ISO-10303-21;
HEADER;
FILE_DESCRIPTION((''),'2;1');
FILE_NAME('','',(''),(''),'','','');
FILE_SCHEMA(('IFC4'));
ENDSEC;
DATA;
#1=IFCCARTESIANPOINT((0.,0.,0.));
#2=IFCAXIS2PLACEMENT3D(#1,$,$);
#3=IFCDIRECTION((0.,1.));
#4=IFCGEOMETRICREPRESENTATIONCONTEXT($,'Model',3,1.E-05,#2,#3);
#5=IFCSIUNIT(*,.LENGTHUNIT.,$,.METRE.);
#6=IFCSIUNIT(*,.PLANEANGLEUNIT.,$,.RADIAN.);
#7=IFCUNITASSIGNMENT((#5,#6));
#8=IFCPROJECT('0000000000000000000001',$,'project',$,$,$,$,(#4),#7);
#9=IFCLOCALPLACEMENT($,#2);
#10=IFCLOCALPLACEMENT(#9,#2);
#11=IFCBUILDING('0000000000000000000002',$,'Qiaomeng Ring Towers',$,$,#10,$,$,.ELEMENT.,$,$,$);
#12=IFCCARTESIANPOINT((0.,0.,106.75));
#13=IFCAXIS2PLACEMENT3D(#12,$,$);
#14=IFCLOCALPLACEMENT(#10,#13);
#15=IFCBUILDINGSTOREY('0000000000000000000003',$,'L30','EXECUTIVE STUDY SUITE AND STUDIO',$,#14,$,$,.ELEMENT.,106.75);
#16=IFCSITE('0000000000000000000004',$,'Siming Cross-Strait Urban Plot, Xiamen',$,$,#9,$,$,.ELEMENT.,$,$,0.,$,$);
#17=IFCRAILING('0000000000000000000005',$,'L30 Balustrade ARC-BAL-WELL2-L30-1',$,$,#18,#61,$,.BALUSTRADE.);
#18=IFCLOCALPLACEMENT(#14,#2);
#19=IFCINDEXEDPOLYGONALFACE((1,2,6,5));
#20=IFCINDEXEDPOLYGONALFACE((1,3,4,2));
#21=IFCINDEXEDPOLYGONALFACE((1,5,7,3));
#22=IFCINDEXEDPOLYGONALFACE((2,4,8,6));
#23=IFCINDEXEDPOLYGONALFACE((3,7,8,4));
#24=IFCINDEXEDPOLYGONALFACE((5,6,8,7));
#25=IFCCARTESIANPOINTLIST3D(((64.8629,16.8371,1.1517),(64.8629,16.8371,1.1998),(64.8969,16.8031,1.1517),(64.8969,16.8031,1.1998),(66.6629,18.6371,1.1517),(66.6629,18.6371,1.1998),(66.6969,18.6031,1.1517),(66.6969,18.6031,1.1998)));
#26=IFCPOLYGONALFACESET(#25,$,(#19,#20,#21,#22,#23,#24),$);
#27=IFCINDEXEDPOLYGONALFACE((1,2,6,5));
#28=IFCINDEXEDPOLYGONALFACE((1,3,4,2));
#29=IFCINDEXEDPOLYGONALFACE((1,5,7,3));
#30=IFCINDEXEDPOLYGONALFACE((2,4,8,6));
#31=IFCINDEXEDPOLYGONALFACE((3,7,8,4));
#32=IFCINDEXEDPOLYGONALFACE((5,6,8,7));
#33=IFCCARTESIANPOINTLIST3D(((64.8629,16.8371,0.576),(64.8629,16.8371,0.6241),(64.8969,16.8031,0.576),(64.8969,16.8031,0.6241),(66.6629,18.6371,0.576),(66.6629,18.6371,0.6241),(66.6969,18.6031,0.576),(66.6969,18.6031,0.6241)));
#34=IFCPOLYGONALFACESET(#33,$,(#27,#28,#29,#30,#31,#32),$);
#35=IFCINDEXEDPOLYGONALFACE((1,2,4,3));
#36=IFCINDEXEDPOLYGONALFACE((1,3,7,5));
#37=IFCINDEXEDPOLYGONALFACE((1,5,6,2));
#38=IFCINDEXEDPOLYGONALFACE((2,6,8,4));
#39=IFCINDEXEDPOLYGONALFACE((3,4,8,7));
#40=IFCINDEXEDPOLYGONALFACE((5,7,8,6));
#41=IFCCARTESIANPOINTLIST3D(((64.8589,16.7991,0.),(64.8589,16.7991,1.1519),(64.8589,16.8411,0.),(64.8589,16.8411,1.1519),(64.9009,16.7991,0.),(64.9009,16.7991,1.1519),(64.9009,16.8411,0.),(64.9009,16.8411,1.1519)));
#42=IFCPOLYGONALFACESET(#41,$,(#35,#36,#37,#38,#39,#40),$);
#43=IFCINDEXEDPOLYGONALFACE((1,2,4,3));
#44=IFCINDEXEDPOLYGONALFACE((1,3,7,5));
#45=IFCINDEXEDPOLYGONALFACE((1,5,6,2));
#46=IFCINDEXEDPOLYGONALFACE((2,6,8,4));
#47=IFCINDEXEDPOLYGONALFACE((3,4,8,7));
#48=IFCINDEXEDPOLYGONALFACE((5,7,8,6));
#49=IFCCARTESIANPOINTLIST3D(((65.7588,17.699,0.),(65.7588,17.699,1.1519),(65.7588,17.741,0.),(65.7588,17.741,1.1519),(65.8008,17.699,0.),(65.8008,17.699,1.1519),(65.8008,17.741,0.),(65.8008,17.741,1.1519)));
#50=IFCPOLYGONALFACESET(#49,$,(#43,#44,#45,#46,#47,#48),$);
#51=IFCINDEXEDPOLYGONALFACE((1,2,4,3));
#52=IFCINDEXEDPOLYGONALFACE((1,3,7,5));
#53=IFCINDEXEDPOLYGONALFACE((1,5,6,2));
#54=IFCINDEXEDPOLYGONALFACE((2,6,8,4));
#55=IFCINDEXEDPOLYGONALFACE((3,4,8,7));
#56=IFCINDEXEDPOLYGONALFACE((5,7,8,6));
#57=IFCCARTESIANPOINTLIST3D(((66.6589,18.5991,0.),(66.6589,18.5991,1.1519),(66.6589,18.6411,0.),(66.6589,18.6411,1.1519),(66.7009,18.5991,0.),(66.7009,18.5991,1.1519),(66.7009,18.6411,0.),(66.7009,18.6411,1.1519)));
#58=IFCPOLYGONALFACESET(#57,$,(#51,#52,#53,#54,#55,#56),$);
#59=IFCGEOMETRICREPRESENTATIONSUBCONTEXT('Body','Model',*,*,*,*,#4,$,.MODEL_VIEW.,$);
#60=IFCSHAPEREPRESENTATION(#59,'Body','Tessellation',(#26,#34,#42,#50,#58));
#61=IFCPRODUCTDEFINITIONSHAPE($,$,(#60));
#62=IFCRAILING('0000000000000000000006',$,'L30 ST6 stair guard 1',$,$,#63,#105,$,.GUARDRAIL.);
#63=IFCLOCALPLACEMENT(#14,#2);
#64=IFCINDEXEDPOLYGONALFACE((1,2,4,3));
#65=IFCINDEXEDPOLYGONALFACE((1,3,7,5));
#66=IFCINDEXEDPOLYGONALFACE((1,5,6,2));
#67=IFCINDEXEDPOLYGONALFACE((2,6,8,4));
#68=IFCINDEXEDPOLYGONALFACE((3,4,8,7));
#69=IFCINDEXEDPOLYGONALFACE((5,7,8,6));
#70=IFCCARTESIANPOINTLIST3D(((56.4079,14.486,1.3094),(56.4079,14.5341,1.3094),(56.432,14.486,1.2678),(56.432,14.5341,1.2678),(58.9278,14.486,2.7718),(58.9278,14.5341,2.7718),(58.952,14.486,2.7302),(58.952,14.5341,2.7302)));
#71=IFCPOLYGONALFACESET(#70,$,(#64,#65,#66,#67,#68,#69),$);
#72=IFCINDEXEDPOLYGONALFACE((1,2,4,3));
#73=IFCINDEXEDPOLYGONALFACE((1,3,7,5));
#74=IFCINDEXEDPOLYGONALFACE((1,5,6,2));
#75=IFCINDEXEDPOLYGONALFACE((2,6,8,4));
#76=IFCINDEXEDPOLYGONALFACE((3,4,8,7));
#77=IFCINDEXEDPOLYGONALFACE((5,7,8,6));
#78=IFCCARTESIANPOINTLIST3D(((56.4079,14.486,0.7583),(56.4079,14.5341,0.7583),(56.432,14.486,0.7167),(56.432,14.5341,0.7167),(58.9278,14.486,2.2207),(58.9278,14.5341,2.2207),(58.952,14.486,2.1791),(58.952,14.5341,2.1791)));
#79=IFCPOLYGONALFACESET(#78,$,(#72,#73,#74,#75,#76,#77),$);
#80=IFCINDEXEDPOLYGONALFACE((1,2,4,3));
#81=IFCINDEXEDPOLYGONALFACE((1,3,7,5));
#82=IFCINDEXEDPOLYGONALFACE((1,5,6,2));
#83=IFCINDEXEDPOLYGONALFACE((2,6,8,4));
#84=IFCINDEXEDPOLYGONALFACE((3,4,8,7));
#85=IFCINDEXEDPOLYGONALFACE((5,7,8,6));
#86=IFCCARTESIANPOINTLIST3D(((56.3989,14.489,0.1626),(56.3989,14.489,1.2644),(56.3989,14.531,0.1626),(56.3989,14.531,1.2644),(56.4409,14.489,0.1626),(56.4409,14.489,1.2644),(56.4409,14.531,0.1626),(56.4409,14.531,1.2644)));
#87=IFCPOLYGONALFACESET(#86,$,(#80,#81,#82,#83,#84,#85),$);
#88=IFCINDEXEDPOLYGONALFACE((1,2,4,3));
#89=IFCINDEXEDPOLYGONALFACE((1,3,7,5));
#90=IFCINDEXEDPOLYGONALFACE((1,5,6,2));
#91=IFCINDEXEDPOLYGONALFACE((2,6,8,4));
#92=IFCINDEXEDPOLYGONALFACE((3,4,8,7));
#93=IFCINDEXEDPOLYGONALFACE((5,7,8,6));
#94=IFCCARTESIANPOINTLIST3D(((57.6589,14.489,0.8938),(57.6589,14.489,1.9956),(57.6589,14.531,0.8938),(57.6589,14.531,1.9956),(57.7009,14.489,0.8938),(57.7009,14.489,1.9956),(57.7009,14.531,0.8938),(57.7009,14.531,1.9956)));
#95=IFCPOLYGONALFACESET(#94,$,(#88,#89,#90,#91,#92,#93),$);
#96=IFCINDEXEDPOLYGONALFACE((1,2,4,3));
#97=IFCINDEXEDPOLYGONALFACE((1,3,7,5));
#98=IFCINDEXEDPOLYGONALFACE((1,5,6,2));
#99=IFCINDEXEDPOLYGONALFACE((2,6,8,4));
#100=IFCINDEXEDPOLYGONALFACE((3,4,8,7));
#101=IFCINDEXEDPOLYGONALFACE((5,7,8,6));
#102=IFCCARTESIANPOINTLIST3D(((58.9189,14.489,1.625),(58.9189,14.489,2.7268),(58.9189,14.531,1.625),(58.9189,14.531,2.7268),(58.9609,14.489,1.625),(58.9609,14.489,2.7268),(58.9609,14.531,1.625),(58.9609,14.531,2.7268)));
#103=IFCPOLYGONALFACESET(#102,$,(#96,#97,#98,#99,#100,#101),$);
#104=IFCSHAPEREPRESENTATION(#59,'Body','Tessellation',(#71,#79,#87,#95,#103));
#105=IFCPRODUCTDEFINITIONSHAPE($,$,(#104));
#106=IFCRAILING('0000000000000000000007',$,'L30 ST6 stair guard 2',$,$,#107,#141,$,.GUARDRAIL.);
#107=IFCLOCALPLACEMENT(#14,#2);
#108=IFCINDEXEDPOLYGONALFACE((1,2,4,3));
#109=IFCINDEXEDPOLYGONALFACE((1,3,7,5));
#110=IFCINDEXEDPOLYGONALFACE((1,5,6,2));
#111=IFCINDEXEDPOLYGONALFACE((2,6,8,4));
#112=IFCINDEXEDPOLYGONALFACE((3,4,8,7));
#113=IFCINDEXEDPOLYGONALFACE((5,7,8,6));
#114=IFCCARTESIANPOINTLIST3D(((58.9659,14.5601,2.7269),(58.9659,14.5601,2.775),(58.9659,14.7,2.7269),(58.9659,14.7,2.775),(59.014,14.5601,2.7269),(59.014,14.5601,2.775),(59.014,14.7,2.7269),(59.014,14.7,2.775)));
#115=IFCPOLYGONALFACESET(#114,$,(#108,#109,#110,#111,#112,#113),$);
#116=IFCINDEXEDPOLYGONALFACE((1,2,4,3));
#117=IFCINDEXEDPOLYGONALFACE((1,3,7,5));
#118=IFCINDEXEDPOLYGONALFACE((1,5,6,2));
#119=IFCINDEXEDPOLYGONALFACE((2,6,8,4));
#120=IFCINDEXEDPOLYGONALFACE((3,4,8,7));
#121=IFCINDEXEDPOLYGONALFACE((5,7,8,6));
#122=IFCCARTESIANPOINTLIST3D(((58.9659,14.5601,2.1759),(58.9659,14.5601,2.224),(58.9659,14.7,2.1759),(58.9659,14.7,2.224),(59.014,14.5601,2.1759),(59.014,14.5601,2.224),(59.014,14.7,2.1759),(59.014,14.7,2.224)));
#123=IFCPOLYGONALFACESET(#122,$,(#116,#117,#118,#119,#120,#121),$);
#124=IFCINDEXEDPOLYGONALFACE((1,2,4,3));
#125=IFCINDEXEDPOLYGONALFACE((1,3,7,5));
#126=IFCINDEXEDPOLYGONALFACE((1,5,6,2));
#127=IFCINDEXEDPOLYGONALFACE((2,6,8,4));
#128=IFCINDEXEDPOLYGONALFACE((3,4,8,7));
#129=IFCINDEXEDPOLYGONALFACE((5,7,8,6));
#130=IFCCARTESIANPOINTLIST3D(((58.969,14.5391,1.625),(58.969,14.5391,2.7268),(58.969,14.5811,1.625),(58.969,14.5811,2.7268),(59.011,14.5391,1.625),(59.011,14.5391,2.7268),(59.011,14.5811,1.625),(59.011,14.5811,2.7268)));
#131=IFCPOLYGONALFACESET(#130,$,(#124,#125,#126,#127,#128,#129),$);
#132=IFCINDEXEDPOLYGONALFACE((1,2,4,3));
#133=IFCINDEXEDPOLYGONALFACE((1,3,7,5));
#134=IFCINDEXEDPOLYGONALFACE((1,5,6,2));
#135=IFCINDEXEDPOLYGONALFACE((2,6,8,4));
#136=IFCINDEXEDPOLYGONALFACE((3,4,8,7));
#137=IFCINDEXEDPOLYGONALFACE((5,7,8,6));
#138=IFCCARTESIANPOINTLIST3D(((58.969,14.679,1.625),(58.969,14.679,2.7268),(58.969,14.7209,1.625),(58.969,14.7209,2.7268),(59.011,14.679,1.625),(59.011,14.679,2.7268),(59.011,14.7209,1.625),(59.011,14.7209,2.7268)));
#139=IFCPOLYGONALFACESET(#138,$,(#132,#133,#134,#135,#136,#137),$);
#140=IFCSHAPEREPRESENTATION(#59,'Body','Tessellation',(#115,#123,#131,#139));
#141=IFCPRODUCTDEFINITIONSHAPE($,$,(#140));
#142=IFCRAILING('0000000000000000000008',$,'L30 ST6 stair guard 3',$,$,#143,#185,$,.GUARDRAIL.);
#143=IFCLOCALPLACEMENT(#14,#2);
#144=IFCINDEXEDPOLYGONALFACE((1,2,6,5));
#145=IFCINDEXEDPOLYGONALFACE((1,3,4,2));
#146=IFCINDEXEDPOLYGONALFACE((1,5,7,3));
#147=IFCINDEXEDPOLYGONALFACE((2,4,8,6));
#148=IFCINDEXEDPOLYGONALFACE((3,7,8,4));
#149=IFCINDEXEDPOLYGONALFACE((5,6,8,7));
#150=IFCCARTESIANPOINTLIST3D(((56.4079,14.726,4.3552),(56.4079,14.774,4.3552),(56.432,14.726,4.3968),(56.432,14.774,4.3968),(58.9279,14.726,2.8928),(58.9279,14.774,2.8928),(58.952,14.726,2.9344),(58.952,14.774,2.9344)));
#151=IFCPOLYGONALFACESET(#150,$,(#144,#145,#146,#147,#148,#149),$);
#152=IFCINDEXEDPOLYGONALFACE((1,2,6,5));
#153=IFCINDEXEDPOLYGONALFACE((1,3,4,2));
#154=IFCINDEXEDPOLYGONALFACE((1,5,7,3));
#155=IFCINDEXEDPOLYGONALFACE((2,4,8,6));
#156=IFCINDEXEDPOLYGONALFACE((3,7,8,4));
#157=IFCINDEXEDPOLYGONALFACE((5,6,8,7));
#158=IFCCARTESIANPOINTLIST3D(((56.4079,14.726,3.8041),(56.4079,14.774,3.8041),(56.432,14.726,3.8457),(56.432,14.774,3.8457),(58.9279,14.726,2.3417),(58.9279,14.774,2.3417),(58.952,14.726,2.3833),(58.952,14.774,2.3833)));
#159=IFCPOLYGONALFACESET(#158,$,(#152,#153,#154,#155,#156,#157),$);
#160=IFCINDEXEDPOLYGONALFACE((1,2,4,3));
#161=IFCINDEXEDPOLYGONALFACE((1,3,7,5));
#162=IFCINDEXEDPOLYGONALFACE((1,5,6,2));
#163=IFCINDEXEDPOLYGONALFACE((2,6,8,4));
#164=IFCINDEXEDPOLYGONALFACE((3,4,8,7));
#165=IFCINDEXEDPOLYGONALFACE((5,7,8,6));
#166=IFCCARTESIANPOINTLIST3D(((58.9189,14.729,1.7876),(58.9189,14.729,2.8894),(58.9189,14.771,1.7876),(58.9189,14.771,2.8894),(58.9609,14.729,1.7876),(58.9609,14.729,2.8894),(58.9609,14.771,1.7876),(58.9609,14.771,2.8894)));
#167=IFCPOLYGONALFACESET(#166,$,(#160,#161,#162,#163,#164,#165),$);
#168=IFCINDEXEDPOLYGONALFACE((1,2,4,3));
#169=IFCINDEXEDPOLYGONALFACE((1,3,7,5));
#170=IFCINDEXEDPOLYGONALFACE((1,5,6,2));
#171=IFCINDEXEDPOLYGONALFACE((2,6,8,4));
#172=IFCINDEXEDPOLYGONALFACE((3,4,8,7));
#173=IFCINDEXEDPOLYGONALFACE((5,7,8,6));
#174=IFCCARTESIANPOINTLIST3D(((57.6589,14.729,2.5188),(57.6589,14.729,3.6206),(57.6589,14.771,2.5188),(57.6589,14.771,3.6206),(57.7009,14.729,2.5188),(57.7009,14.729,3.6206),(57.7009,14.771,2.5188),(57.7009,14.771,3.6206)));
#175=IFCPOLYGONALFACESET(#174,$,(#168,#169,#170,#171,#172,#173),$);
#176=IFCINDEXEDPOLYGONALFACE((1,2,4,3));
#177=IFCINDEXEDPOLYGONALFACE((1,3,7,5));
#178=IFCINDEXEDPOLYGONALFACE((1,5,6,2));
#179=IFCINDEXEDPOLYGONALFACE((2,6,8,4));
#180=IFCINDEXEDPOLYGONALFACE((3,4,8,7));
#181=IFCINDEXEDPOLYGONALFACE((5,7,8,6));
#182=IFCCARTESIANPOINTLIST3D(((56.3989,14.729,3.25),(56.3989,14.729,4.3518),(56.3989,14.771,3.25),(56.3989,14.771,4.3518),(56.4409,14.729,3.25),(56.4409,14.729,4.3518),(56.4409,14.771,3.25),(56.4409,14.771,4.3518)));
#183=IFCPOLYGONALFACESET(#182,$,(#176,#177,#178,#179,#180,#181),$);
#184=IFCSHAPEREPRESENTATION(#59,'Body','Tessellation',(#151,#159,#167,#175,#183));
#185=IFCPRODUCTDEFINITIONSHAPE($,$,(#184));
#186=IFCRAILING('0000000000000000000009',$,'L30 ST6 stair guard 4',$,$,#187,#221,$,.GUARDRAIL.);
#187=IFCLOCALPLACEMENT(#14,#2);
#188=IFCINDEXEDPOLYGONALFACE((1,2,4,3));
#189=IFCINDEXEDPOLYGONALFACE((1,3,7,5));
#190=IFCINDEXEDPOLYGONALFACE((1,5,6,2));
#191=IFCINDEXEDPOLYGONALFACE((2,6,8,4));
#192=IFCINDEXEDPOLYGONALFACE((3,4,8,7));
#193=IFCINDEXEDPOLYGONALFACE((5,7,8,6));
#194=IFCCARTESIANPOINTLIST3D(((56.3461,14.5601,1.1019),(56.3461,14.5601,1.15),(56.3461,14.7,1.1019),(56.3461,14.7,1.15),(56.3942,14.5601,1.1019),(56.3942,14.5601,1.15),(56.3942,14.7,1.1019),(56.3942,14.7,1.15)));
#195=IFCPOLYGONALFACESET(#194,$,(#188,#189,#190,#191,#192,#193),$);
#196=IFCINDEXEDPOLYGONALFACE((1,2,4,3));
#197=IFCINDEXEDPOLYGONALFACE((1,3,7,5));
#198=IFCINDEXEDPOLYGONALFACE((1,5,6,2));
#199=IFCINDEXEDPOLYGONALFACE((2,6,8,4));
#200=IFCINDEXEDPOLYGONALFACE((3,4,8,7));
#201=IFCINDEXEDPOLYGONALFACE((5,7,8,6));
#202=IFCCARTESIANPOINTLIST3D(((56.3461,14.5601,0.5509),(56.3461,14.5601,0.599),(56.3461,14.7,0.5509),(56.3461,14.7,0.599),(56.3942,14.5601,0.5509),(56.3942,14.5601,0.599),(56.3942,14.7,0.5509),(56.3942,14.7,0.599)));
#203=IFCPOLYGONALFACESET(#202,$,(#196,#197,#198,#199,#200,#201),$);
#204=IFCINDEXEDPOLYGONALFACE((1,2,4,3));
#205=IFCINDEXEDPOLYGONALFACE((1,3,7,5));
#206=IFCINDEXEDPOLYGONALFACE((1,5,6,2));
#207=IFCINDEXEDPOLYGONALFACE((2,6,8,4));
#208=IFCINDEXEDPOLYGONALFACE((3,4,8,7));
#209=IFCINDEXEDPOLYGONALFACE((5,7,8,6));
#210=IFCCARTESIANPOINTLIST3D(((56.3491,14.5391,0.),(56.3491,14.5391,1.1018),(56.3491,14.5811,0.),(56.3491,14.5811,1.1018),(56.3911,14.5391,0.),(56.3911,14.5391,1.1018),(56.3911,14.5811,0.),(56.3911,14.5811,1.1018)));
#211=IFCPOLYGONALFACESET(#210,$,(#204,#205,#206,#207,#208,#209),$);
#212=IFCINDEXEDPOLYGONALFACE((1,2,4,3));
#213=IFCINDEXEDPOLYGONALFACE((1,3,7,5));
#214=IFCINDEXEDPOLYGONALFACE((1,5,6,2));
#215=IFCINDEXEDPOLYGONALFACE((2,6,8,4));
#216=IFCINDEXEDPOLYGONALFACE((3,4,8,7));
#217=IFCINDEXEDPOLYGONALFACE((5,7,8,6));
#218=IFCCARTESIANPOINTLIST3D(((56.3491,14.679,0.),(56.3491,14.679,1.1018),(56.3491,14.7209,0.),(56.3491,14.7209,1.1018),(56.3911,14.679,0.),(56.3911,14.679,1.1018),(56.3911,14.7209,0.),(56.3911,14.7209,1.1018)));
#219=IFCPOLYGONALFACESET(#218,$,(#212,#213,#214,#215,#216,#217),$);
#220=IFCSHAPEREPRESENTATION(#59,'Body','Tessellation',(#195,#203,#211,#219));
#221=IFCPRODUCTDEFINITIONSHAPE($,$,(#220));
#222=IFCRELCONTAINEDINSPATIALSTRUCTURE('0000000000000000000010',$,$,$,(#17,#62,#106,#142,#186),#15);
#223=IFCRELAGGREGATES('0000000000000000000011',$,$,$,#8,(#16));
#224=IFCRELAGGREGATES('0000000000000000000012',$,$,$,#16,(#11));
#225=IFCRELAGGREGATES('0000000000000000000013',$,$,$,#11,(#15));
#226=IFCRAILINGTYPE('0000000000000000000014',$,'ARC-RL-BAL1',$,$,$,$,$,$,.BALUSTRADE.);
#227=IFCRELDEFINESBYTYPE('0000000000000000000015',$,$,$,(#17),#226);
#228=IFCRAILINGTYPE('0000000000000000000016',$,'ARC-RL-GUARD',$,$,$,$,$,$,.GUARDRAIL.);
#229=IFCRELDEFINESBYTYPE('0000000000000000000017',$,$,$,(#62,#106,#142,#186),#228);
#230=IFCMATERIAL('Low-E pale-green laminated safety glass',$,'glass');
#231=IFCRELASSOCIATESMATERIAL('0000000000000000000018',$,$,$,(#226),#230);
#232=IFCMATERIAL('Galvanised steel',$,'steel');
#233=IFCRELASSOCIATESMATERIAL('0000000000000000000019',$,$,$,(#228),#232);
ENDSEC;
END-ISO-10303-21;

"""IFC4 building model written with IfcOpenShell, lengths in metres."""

from ifc_helpers import new_model, si_unit, direction, frame, origin, origin_2d, place, context, subcontext, project, spatial, rectangle, extrude, material, type_object, element, save


model = new_model("IFC4")

# Units and contexts
model_context = context("Model", 3, precision=1e-05, world=origin(), true_north=direction((0.0, 1.0)))
body_context = subcontext(model_context, "Body", "Model", "MODEL_VIEW")
ifc_project = project(units=[si_unit("LENGTHUNIT", "METRE"), si_unit("PLANEANGLEUNIT", "RADIAN")], contexts=[model_context])

# Site, building, storey
site_placement = place(None, origin())
site = spatial("IfcSite", under=ifc_project, at=site_placement, Name="Siming Cross-Strait Urban Plot, Xiamen", CompositionType="ELEMENT", RefElevation=0.0)
building_placement = place(site_placement, origin())
building = spatial("IfcBuilding", under=site, at=building_placement, Name="Qiaomeng Ring Towers", CompositionType="ELEMENT")
storey_placement = place(building_placement, frame((0.0, 0.0, 106.75)))
storey = spatial("IfcBuildingStorey", under=building, at=storey_placement, Name="L30", Description="EXECUTIVE STUDY SUITE AND STUDIO", CompositionType="ELEMENT", Elevation=106.75)

# Shared definitions
ifc_material_1 = material(Name="Galvanised steel", Category="steel")

# Railings
ifc_material_2 = material(Name="Low-E pale-green laminated safety glass", Category="glass")
railing_type_1 = type_object("IfcRailingType", Name="ARC-RL-BAL1", PredefinedType="BALUSTRADE", material=ifc_material_2)
railing_1_placement = place(storey_placement, frame((64.8799, 16.8201, 0.0)))
element("IfcRailing", 1, at=railing_1_placement, inside=storey, type_object=railing_type_1, Name="L30 Balustrade ARC-BAL-WELL2-L30-1", PredefinedType="BALUSTRADE", context=body_context, shape_type="SweptSolid", body=[
    extrude(rectangle(XDim=0.0481, YDim=0.0481, at=origin_2d()), frame((0.0, 0.0, 1.1758), z_axis=(0.707107, 0.707107, 0.0), x_axis=(-0.707107, 0.707107, 0.0)), (0.0, 0.0, 1.0), 2.5457),
    extrude(rectangle(XDim=0.0481, YDim=0.0481, at=origin_2d()), frame((0.0, 0.0, 0.6001), z_axis=(0.707107, 0.707107, 0.0), x_axis=(-0.707107, 0.707107, 0.0)), (0.0, 0.0, 1.0), 2.5457),
    extrude(rectangle(XDim=0.042, YDim=0.042, at=origin_2d()), origin(), (0.0, 0.0, 1.0), 1.1519),
    extrude(rectangle(XDim=0.042, YDim=0.042, at=origin_2d()), frame((0.8999, 0.8999, 0.0)), (0.0, 0.0, 1.0), 1.1519),
    extrude(rectangle(XDim=0.042, YDim=0.042, at=origin_2d()), frame((1.8, 1.8, 0.0)), (0.0, 0.0, 1.0), 1.1519),
])
railing_type_2 = type_object("IfcRailingType", Name="ARC-RL-GUARD", PredefinedType="GUARDRAIL", material=ifc_material_1)
railing_2_placement = place(storey_placement, frame((56.4199, 14.51, 0.1626)))
element("IfcRailing", 2, at=railing_2_placement, inside=storey, type_object=railing_type_2, Name="L30 ST6 stair guard 1", PredefinedType="GUARDRAIL", context=body_context, shape_type="SweptSolid", body=[
    extrude(rectangle(XDim=0.0481, YDim=0.0481, at=origin_2d()), frame((0.0, 0.0, 1.126), z_axis=(0.864913, 0.0, 0.501921), x_axis=(0.0, 1.0, 0.0)), (0.0, 0.0, 1.0), 2.9136),
    extrude(rectangle(XDim=0.0481, YDim=0.0481, at=origin_2d()), frame((0.0, 0.0, 0.575), z_axis=(0.864913, 0.0, 0.501921), x_axis=(0.0, 1.0, 0.0)), (0.0, 0.0, 1.0), 2.9136),
    extrude(rectangle(XDim=0.042, YDim=0.042, at=origin_2d()), origin(), (0.0, 0.0, 1.0), 1.1018),
    extrude(rectangle(XDim=0.042, YDim=0.042, at=origin_2d()), frame((1.26, 0.0, 0.7312)), (0.0, 0.0, 1.0), 1.1018),
    extrude(rectangle(XDim=0.042, YDim=0.042, at=origin_2d()), frame((2.52, 0.0, 1.4624)), (0.0, 0.0, 1.0), 1.1018),
])
railing_3_placement = place(storey_placement, frame((58.99, 14.5601, 1.625)))
element("IfcRailing", 3, at=railing_3_placement, inside=storey, type_object=railing_type_2, Name="L30 ST6 stair guard 2", PredefinedType="GUARDRAIL", context=body_context, shape_type="SweptSolid", body=[
    extrude(rectangle(XDim=0.0481, YDim=0.0481, at=origin_2d()), frame((0.0, 0.0, 1.126), z_axis=(0.0, 1.0, 0.0), x_axis=(-1.0, 0.0, 0.0)), (0.0, 0.0, 1.0), 0.1399),
    extrude(rectangle(XDim=0.0481, YDim=0.0481, at=origin_2d()), frame((0.0, 0.0, 0.575), z_axis=(0.0, 1.0, 0.0), x_axis=(-1.0, 0.0, 0.0)), (0.0, 0.0, 1.0), 0.1399),
    extrude(rectangle(XDim=0.042, YDim=0.042, at=origin_2d()), origin(), (0.0, 0.0, 1.0), 1.1018),
    extrude(rectangle(XDim=0.042, YDim=0.042, at=origin_2d()), frame((0.0, 0.1399, 0.0)), (0.0, 0.0, 1.0), 1.1018),
])
railing_4_placement = place(storey_placement, frame((58.9399, 14.75, 1.7876)))
element("IfcRailing", 4, at=railing_4_placement, inside=storey, type_object=railing_type_2, Name="L30 ST6 stair guard 3", PredefinedType="GUARDRAIL", context=body_context, shape_type="SweptSolid", body=[
    extrude(rectangle(XDim=0.0481, YDim=0.0481, at=origin_2d()), frame((0.0, 0.0, 1.126), z_axis=(-0.864913, 0.0, 0.501921), x_axis=(0.0, -1.0, 0.0)), (0.0, 0.0, 1.0), 2.9136),
    extrude(rectangle(XDim=0.0481, YDim=0.0481, at=origin_2d()), frame((0.0, 0.0, 0.575), z_axis=(-0.864913, 0.0, 0.501921), x_axis=(0.0, -1.0, 0.0)), (0.0, 0.0, 1.0), 2.9136),
    extrude(rectangle(XDim=0.042, YDim=0.042, at=origin_2d()), origin(), (0.0, 0.0, 1.0), 1.1018),
    extrude(rectangle(XDim=0.042, YDim=0.042, at=origin_2d()), frame((-1.26, 0.0, 0.7312)), (0.0, 0.0, 1.0), 1.1018),
    extrude(rectangle(XDim=0.042, YDim=0.042, at=origin_2d()), frame((-2.52, 0.0, 1.4624)), (0.0, 0.0, 1.0), 1.1018),
])
railing_5_placement = place(storey_placement, frame((56.3701, 14.5601, 0.0)))
element("IfcRailing", 5, at=railing_5_placement, inside=storey, type_object=railing_type_2, Name="L30 ST6 stair guard 4", PredefinedType="GUARDRAIL", context=body_context, shape_type="SweptSolid", body=[
    extrude(rectangle(XDim=0.0481, YDim=0.0481, at=origin_2d()), frame((0.0, 0.0, 1.126), z_axis=(0.0, 1.0, 0.0), x_axis=(-1.0, 0.0, 0.0)), (0.0, 0.0, 1.0), 0.1399),
    extrude(rectangle(XDim=0.0481, YDim=0.0481, at=origin_2d()), frame((0.0, 0.0, 0.575), z_axis=(0.0, 1.0, 0.0), x_axis=(-1.0, 0.0, 0.0)), (0.0, 0.0, 1.0), 0.1399),
    extrude(rectangle(XDim=0.042, YDim=0.042, at=origin_2d()), origin(), (0.0, 0.0, 1.0), 1.1018),
    extrude(rectangle(XDim=0.042, YDim=0.042, at=origin_2d()), frame((0.0, 0.1399, 0.0)), (0.0, 0.0, 1.0), 1.1018),
])

save(model, "model.ifc")
